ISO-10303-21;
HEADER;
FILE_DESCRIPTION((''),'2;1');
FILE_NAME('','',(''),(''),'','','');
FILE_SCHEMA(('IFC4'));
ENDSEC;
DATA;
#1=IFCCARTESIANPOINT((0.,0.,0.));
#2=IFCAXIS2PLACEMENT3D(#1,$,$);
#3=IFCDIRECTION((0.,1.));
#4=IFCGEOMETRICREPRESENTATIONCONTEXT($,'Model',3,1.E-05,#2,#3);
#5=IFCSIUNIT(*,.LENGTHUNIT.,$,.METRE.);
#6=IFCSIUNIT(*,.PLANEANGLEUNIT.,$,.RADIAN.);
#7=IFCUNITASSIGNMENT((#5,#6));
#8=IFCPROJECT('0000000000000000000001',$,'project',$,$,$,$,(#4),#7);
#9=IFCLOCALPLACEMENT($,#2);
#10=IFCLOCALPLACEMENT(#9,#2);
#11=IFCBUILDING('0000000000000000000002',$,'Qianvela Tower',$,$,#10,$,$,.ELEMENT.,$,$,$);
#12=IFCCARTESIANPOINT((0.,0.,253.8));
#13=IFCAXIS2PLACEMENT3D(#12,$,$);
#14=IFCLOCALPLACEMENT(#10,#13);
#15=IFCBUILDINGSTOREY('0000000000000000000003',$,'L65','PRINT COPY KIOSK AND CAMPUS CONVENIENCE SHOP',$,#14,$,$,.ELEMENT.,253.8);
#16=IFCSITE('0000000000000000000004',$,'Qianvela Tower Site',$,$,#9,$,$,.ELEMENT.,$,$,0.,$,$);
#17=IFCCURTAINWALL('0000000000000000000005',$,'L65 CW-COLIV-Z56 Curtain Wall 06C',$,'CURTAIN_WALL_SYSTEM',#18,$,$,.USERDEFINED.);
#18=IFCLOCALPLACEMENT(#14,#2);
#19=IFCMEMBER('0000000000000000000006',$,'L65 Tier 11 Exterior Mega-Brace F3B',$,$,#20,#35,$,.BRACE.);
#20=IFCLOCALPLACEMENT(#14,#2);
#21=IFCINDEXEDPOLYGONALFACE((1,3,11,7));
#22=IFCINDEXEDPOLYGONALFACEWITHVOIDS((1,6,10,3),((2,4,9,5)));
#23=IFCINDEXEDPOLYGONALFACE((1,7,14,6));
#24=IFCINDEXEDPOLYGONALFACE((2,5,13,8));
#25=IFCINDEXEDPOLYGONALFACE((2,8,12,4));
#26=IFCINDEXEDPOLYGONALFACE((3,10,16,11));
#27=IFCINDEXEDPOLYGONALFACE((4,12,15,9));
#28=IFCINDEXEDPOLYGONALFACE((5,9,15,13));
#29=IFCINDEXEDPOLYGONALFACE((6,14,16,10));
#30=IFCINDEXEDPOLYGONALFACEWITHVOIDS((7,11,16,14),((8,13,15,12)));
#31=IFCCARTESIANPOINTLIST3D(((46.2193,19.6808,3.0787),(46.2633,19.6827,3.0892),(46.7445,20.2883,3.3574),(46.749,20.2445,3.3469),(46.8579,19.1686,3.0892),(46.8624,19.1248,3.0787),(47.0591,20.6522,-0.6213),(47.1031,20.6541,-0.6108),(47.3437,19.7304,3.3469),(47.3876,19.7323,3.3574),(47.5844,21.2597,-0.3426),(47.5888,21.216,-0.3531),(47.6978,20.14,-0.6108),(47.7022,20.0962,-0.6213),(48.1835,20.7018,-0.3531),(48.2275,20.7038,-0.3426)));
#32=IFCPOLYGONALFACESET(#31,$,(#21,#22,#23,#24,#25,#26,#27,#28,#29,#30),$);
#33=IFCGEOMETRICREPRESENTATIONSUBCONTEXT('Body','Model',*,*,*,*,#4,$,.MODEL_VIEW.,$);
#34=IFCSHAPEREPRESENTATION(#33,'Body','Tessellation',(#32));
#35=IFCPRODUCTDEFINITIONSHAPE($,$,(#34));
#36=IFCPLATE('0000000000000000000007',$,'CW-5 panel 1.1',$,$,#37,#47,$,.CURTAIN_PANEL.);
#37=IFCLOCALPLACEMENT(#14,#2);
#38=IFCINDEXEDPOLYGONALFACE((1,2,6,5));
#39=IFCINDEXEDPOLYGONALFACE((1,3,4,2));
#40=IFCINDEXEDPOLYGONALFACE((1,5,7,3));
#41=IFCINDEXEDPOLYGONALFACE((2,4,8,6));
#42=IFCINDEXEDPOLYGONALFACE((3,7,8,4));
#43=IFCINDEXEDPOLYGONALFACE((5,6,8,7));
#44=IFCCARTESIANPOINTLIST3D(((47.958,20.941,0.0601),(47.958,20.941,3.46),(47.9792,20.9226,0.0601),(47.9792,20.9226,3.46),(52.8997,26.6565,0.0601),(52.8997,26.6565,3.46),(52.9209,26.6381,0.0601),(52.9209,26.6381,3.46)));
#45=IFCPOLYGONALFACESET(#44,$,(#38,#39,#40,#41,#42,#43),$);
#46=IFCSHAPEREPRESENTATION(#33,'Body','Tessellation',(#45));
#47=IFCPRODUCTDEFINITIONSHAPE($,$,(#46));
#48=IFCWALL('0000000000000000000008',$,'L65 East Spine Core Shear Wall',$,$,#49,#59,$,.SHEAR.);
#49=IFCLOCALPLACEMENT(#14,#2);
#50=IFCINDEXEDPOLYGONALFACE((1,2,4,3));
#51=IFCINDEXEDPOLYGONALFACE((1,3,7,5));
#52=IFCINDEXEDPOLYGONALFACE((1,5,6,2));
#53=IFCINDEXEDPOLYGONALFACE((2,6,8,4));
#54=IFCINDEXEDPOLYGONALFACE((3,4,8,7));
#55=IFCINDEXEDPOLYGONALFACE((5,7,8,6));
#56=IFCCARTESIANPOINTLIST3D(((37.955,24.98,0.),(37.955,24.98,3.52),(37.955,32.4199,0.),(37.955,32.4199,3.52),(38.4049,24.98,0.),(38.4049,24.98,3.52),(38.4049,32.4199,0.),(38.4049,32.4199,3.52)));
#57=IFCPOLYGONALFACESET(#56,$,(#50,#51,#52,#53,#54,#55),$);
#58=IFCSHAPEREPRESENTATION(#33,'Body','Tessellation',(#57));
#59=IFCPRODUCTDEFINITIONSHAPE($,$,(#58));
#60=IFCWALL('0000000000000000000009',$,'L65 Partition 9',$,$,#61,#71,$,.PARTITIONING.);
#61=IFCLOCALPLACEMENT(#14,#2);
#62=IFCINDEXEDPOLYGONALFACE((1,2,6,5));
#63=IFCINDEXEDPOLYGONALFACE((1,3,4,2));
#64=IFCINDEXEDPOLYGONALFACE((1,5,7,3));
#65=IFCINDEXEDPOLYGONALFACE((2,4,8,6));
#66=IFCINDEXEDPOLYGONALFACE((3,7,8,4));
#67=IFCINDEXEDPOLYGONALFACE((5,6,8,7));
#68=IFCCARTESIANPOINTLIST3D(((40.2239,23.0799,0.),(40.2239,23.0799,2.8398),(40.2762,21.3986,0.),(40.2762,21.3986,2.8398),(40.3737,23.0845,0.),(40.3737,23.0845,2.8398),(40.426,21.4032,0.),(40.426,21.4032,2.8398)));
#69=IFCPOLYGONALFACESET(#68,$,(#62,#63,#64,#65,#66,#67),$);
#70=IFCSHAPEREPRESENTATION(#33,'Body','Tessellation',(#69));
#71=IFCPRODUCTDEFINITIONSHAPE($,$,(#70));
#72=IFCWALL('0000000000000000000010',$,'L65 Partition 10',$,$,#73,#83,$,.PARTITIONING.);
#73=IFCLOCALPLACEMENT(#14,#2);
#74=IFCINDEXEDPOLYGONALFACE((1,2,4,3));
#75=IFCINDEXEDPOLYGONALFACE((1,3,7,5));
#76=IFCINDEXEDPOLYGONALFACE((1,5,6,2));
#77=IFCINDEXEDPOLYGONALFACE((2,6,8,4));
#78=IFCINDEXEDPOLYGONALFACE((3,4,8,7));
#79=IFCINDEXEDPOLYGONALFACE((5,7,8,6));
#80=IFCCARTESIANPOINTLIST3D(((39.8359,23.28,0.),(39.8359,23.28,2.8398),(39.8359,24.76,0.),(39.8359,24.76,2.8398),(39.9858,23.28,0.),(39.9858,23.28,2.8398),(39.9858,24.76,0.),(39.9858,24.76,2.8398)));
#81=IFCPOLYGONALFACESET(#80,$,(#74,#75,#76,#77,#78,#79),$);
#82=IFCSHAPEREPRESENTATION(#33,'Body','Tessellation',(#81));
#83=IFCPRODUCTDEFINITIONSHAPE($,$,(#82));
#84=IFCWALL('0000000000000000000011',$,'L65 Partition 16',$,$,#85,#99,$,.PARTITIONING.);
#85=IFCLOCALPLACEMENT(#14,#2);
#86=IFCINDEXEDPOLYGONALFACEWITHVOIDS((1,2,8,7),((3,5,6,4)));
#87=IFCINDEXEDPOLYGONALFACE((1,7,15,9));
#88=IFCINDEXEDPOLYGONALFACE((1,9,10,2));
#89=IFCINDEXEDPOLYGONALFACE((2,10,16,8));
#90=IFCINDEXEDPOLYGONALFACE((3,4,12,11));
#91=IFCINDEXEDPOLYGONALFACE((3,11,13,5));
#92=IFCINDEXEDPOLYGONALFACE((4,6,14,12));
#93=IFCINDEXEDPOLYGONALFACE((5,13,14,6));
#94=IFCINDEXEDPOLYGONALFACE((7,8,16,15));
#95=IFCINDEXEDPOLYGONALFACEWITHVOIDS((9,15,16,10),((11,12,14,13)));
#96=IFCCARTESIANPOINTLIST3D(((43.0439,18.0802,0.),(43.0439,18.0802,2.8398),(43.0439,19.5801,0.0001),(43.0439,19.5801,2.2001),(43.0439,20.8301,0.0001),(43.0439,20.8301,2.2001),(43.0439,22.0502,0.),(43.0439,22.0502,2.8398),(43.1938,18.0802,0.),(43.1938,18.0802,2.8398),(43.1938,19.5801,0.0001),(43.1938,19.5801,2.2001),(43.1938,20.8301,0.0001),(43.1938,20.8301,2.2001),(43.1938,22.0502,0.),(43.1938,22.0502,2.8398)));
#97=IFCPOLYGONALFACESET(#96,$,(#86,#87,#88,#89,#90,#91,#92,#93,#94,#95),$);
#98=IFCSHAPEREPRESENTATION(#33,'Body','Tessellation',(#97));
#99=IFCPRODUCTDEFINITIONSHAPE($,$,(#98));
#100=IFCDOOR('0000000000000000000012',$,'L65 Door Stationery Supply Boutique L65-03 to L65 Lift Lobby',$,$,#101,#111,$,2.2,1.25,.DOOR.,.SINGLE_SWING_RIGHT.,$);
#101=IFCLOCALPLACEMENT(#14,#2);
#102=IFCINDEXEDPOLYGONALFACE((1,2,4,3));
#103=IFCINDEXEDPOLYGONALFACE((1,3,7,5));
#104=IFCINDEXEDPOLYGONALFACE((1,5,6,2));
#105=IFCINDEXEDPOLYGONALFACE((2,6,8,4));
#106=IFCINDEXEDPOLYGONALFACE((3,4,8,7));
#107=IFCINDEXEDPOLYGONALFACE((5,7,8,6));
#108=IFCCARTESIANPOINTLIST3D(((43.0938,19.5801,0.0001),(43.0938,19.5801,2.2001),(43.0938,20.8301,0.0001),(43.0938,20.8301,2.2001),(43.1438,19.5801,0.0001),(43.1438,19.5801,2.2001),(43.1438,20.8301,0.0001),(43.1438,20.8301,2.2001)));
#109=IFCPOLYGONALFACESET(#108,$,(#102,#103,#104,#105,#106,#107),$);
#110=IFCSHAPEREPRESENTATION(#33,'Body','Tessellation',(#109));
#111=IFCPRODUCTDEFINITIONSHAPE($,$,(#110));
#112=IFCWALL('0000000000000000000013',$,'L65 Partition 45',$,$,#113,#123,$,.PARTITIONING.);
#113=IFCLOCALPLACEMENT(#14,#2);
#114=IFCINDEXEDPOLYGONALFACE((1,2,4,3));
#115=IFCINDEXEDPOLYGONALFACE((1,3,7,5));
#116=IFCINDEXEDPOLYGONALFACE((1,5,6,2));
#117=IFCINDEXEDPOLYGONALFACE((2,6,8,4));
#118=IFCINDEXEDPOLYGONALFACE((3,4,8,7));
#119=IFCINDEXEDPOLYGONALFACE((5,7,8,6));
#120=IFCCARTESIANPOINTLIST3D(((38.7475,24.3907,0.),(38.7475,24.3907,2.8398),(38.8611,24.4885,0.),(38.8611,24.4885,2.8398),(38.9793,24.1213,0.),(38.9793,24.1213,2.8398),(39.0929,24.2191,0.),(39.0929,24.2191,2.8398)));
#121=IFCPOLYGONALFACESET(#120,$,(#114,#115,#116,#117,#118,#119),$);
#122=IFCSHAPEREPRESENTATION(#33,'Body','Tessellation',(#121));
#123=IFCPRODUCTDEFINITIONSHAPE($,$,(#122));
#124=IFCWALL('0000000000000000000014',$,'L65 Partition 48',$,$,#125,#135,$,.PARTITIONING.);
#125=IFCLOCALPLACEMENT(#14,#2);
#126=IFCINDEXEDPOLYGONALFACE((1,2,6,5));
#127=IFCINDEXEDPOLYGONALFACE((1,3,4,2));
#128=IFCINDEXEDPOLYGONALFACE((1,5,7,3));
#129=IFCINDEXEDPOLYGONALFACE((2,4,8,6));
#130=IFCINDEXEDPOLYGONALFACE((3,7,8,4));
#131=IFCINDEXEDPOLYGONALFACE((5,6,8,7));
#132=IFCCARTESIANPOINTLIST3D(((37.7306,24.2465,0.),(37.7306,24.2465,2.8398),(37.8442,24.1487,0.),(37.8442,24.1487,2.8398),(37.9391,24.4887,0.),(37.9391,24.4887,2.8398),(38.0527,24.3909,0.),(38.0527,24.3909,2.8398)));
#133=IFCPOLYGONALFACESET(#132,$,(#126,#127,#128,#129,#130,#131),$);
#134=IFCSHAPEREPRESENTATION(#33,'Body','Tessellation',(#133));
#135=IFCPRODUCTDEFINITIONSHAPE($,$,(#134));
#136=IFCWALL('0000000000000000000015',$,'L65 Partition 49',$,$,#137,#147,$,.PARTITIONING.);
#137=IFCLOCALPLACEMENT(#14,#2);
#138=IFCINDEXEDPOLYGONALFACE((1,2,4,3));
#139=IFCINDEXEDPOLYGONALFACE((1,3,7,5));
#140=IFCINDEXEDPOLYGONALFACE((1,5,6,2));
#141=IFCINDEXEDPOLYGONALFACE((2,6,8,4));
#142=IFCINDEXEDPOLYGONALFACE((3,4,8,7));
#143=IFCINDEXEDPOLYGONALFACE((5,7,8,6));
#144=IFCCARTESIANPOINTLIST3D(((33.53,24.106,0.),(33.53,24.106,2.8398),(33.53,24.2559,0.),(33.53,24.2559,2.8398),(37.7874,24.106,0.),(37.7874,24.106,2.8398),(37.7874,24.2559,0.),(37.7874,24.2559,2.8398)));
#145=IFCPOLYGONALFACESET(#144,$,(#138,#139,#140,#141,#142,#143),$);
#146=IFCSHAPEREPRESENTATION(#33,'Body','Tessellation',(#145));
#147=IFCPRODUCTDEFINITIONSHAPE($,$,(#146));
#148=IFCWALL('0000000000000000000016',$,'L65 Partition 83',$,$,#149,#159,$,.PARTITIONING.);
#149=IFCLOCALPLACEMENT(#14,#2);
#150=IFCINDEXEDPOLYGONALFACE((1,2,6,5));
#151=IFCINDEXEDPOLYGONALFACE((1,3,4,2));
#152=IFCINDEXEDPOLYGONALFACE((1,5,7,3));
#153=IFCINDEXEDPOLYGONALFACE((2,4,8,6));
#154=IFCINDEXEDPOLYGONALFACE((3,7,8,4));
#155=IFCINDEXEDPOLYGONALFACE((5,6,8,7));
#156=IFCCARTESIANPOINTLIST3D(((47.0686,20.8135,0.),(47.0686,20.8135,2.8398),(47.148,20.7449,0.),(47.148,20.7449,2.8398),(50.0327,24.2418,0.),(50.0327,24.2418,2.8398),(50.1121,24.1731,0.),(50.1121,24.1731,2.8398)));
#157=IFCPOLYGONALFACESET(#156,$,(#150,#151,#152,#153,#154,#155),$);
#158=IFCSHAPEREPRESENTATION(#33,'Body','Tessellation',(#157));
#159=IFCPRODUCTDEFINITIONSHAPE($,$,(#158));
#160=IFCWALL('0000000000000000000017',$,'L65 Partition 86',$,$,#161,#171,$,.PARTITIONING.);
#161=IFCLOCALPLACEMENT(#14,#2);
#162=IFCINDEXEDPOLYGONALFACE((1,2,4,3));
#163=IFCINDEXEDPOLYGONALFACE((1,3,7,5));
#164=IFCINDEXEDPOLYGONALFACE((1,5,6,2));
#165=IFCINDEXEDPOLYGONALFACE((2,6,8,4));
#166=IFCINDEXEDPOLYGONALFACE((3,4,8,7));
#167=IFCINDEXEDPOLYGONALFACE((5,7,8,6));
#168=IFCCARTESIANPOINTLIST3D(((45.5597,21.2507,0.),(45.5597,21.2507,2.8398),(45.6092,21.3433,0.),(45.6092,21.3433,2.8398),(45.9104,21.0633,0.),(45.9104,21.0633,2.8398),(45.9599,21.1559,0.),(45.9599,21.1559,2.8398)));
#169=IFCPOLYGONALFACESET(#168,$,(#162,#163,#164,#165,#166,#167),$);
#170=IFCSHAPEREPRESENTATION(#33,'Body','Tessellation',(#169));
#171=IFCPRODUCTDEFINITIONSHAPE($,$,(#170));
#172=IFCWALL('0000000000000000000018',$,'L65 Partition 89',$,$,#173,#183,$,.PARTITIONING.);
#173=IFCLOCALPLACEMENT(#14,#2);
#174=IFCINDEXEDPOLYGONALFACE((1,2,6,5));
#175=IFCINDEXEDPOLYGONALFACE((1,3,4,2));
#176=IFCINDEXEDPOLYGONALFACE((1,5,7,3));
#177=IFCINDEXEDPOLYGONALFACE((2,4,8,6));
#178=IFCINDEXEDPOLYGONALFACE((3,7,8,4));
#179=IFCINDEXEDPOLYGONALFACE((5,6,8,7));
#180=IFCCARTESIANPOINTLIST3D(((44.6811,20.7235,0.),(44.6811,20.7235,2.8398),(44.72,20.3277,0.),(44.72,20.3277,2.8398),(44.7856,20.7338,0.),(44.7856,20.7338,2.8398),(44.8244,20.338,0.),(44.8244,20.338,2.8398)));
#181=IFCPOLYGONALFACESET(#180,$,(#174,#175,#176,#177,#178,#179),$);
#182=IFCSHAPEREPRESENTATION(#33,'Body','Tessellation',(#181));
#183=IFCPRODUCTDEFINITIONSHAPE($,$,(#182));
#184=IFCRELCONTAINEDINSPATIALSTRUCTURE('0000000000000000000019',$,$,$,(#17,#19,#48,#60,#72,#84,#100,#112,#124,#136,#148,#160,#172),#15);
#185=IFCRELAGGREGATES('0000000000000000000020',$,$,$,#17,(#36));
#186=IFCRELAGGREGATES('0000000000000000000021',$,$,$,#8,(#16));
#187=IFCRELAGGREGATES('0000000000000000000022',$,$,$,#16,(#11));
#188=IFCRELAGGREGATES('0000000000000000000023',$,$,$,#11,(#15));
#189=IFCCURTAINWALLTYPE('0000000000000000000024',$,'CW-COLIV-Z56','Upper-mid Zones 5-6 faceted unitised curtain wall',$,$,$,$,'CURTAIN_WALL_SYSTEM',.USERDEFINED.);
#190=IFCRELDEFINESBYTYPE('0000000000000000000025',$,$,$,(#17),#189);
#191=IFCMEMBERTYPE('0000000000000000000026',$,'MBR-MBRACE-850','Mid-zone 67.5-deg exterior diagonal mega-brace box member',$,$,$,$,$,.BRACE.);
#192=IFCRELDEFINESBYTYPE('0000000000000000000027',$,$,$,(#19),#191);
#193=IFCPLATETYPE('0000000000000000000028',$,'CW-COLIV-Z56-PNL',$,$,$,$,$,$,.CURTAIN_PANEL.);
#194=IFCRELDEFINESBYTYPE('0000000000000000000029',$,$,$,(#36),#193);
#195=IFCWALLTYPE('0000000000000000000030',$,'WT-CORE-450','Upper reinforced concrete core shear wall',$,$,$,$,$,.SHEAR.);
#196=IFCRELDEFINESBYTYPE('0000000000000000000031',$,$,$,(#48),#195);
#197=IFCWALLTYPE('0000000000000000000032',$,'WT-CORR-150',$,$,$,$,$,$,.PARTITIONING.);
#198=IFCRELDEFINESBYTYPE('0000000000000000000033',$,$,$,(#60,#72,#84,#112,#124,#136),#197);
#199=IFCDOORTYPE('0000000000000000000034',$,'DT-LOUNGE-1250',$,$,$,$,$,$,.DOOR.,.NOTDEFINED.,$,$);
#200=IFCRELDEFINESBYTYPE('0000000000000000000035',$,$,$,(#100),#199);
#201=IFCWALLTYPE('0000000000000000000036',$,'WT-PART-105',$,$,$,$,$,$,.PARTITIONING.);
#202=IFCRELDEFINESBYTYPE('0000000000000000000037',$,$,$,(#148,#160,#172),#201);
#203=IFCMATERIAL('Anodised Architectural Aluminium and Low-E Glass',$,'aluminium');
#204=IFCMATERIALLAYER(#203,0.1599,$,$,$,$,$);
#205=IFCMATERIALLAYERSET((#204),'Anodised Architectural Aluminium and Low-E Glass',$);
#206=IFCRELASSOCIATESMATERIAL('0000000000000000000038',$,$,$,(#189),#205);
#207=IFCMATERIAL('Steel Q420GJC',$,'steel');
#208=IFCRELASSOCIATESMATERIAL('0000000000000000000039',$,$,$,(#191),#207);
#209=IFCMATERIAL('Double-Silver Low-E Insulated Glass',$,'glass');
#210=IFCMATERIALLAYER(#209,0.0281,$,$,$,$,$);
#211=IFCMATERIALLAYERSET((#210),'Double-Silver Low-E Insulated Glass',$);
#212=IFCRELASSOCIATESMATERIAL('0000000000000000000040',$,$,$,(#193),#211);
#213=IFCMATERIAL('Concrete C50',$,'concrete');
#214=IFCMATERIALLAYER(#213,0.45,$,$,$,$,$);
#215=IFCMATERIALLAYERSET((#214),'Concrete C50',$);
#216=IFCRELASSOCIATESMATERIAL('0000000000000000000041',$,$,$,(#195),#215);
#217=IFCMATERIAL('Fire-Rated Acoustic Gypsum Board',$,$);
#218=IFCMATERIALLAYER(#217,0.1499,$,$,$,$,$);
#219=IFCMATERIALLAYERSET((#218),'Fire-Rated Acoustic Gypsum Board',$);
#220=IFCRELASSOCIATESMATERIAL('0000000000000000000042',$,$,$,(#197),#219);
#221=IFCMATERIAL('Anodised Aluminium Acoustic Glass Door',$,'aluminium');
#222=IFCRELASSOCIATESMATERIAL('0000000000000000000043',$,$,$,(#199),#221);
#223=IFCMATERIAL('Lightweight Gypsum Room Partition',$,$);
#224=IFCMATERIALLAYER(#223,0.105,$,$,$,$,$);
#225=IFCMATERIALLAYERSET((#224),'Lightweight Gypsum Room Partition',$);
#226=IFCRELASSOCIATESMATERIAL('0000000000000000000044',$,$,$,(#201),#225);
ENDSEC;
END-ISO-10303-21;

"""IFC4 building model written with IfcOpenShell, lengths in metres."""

from ifc_helpers import new_model, si_unit, direction, frame, frame_2d, origin, origin_2d, place, context, subcontext, project, spatial, rectangle, hollow_rectangle, extrude, material, layer, layer_set, material_profile, profile_set, type_object, element, fill, aggregate, save


model = new_model("IFC4")

# Units and contexts
model_context = context("Model", 3, precision=1e-05, world=origin(), true_north=direction((0.0, 1.0)))
body_context = subcontext(model_context, "Body", "Model", "MODEL_VIEW")
ifc_project = project(units=[si_unit("LENGTHUNIT", "METRE"), si_unit("PLANEANGLEUNIT", "RADIAN")], contexts=[model_context])

# Site, building, storey
site_placement = place(None, origin())
site = spatial("IfcSite", under=ifc_project, at=site_placement, Name="Qianvela Tower Site", CompositionType="ELEMENT", RefElevation=0.0)
building_placement = place(site_placement, origin())
building = spatial("IfcBuilding", under=site, at=building_placement, Name="Qianvela Tower", CompositionType="ELEMENT")
storey_placement = place(building_placement, frame((0.0, 0.0, 253.8)))
storey = spatial("IfcBuildingStorey", under=building, at=storey_placement, Name="L65", Description="PRINT COPY KIOSK AND CAMPUS CONVENIENCE SHOP", CompositionType="ELEMENT", Elevation=253.8)

# Curtain wall
ifc_material_1 = material(Name="Anodised Architectural Aluminium and Low-E Glass", Category="aluminium")
ifc_layer_1 = layer(ifc_material_1, 0.1599)
ifc_layer_set_1 = layer_set([ifc_layer_1], Name="Anodised Architectural Aluminium and Low-E Glass")
curtain_wall_type_1 = type_object("IfcCurtainWallType", Name="CW-COLIV-Z56", Description="Upper-mid Zones 5-6 faceted unitised curtain wall", ElementType="CURTAIN_WALL_SYSTEM", PredefinedType="USERDEFINED", material=ifc_layer_set_1)
curtain_wall_1_placement = place(storey_placement, origin())
curtain_wall_1 = element("IfcCurtainWall", 1, at=curtain_wall_1_placement, inside=storey, type_object=curtain_wall_type_1, Name="L65 CW-COLIV-Z56 Curtain Wall 06C", ObjectType="CURTAIN_WALL_SYSTEM", PredefinedType="USERDEFINED")

# Member
ifc_material_2 = material(Name="Steel Q420GJC", Category="steel")
ifc_material_profile_1 = material_profile(ifc_material_2, hollow_rectangle(XDim=0.8501, YDim=0.8501, WallThickness=0.032, at=origin_2d()), Name="MBOX-850x850x32")
ifc_profile_set_1 = profile_set([ifc_material_profile_1], Name="Steel Q420GJC")
member_type_1 = type_object("IfcMemberType", Name="MBR-MBRACE-850", Description="Mid-zone 67.5-deg exterior diagonal mega-brace box member", PredefinedType="BRACE", material=ifc_profile_set_1)
member_1_placement = place(storey_placement, frame((47.6433, 20.678, -0.4819), z_axis=(-0.214439, -0.248039, 0.944718), x_axis=(0.756485, -0.654011, 0.0)))
element("IfcMember", 2, at=member_1_placement, inside=storey, type_object=member_type_1, Name="L65 Tier 11 Exterior Mega-Brace F3B", PredefinedType="BRACE", context=body_context, shape_type="SweptSolid", body=[
    extrude(hollow_rectangle(XDim=0.8501, YDim=0.8501, WallThickness=0.032, at=origin_2d()), origin(), (0.0, 0.0, 1.0), 3.9165),
])

# Plate
ifc_material_3 = material(Name="Double-Silver Low-E Insulated Glass", Category="glass")
ifc_layer_2 = layer(ifc_material_3, 0.0281)
ifc_layer_set_2 = layer_set([ifc_layer_2], Name="Double-Silver Low-E Insulated Glass")
plate_type = type_object("IfcPlateType", Name="CW-COLIV-Z56-PNL", PredefinedType="CURTAIN_PANEL", material=ifc_layer_set_2)
plate_placement = place(storey_placement, frame((50.4395, 23.7896, 0.0601), z_axis=(0.0, 0.0, 1.0), x_axis=(0.654043, 0.756458, 0.0)))
plate = element("IfcPlate", 3, at=plate_placement, type_object=plate_type, Name="CW-5 panel 1.1", PredefinedType="CURTAIN_PANEL", context=body_context, shape_type="SweptSolid", body=[
    extrude(rectangle(XDim=7.5557, YDim=0.0281, at=origin_2d()), origin(), (0.0, 0.0, 1.0), 3.3999),
])
aggregate(curtain_wall_1, [plate])

# Walls
ifc_material_4 = material(Name="Concrete C50", Category="concrete")
ifc_layer_3 = layer(ifc_material_4, 0.45)
ifc_layer_set_3 = layer_set([ifc_layer_3], Name="Concrete C50")
wall_type_1 = type_object("IfcWallType", Name="WT-CORE-450", Description="Upper reinforced concrete core shear wall", PredefinedType="SHEAR", material=ifc_layer_set_3)
wall_1_placement = place(storey_placement, frame((38.1799, 24.98, 0.0), z_axis=(0.0, 0.0, 1.0), x_axis=(0.0, 1.0, 0.0)))
element("IfcWall", 4, at=wall_1_placement, inside=storey, type_object=wall_type_1, Name="L65 East Spine Core Shear Wall", PredefinedType="SHEAR", context=body_context, shape_type="SweptSolid", body=[
    extrude(rectangle(XDim=7.4399, YDim=0.45, at=frame_2d((3.72, 0.0))), origin(), (0.0, 0.0, 1.0), 3.52),
])
ifc_material_5 = material(Name="Fire-Rated Acoustic Gypsum Board")
ifc_layer_4 = layer(ifc_material_5, 0.1499)
ifc_layer_set_4 = layer_set([ifc_layer_4], Name="Fire-Rated Acoustic Gypsum Board")
wall_type_2 = type_object("IfcWallType", Name="WT-CORR-150", PredefinedType="PARTITIONING", material=ifc_layer_set_4)
wall_2_placement = place(storey_placement, frame((40.3511, 21.4009, 0.0), z_axis=(0.0, 0.0, 1.0), x_axis=(-0.031058, 0.999518, 0.0)))
element("IfcWall", 5, at=wall_2_placement, inside=storey, type_object=wall_type_2, Name="L65 Partition 9", PredefinedType="PARTITIONING", context=body_context, shape_type="SweptSolid", body=[
    extrude(rectangle(XDim=1.6821, YDim=0.1499, at=frame_2d((0.8411, 0.0))), origin(), (0.0, 0.0, 1.0), 2.8398),
])
wall_3_placement = place(storey_placement, frame((39.9109, 23.28, 0.0), z_axis=(0.0, 0.0, 1.0), x_axis=(0.0, 1.0, 0.0)))
element("IfcWall", 6, at=wall_3_placement, inside=storey, type_object=wall_type_2, Name="L65 Partition 10", PredefinedType="PARTITIONING", context=body_context, shape_type="SweptSolid", body=[
    extrude(rectangle(XDim=1.48, YDim=0.1499, at=frame_2d((0.74, 0.0))), origin(), (0.0, 0.0, 1.0), 2.8398),
])

# Wall, opening, door
wall_4_placement = place(storey_placement, frame((43.1189, 22.05, 0.0), z_axis=(0.0, 0.0, 1.0), x_axis=(0.0, -1.0, 0.0)))
wall_4 = element("IfcWall", 7, at=wall_4_placement, inside=storey, type_object=wall_type_2, Name="L65 Partition 16", PredefinedType="PARTITIONING", context=body_context, shape_type="SweptSolid", body=[
    extrude(rectangle(XDim=3.97, YDim=0.1499, at=frame_2d((1.9849, 0.0))), origin(), (0.0, 0.0, 1.0), 2.8398),
])
opening_1_placement = place(wall_4_placement, frame((1.22, 0.0, 0.0)))
opening_1 = element("IfcOpeningElement", 8, at=opening_1_placement, cuts=wall_4, PredefinedType="OPENING", context=body_context, shape_type="SweptSolid", body=[
    extrude(rectangle(XDim=1.25, YDim=2.2, at=frame_2d((0.625, 1.1001))), frame((0.0, 0.085, 0.0), z_axis=(0.0, -1.0, 0.0), x_axis=(1.0, 0.0, 0.0)), (0.0, 0.0, 1.0), 0.1699),
])
ifc_material_6 = material(Name="Anodised Aluminium Acoustic Glass Door", Category="aluminium")
door_type_1 = type_object("IfcDoorType", Name="DT-LOUNGE-1250", OperationType="NOTDEFINED", PredefinedType="DOOR", material=ifc_material_6)
door_1_placement = place(opening_1_placement, origin())
door_1 = element("IfcDoor", 9, at=door_1_placement, inside=storey, type_object=door_type_1, Name="L65 Door Stationery Supply Boutique L65-03 to L65 Lift Lobby", OperationType="SINGLE_SWING_RIGHT", OverallHeight=2.2, OverallWidth=1.25, PredefinedType="DOOR", context=body_context, shape_type="SweptSolid", body=[
    extrude(rectangle(XDim=1.25, YDim=2.2, at=frame_2d((0.625, 1.1001))), frame((0.0, 0.0249, 0.0), z_axis=(0.0, -1.0, 0.0), x_axis=(1.0, 0.0, 0.0)), (0.0, 0.0, 1.0), 0.05),
])
fill(opening_1, door_1)

# Walls
wall_5_placement = place(storey_placement, frame((39.0361, 24.1702, 0.0), z_axis=(0.0, 0.0, 1.0), x_axis=(-0.65226, 0.757995, 0.0)))
element("IfcWall", 10, at=wall_5_placement, inside=storey, type_object=wall_type_2, Name="L65 Partition 45", PredefinedType="PARTITIONING", context=body_context, shape_type="SweptSolid", body=[
    extrude(rectangle(XDim=0.3555, YDim=0.1499, at=frame_2d((0.1777, 0.0))), origin(), (0.0, 0.0, 1.0), 2.8398),
])
wall_6_placement = place(storey_placement, frame((37.9958, 24.4397, 0.0), z_axis=(0.0, 0.0, 1.0), x_axis=(-0.652426, -0.757853, 0.0)))
element("IfcWall", 11, at=wall_6_placement, inside=storey, type_object=wall_type_2, Name="L65 Partition 48", PredefinedType="PARTITIONING", context=body_context, shape_type="SweptSolid", body=[
    extrude(rectangle(XDim=0.3196, YDim=0.1499, at=frame_2d((0.1597, 0.0))), origin(), (0.0, 0.0, 1.0), 2.8398),
])
wall_7_placement = place(storey_placement, frame((37.7874, 24.1809, 0.0), z_axis=(0.0, 0.0, 1.0), x_axis=(-1.0, 0.0, 0.0)))
element("IfcWall", 12, at=wall_7_placement, inside=storey, type_object=wall_type_2, Name="L65 Partition 49", PredefinedType="PARTITIONING", context=body_context, shape_type="SweptSolid", body=[
    extrude(rectangle(XDim=4.2573, YDim=0.1499, at=frame_2d((2.1287, 0.0))), origin(), (0.0, 0.0, 1.0), 2.8398),
])
ifc_material_7 = material(Name="Lightweight Gypsum Room Partition")
ifc_layer_5 = layer(ifc_material_7, 0.105)
ifc_layer_set_5 = layer_set([ifc_layer_5], Name="Lightweight Gypsum Room Partition")
wall_type_3 = type_object("IfcWallType", Name="WT-PART-105", PredefinedType="PARTITIONING", material=ifc_layer_set_5)
wall_8_placement = place(storey_placement, frame((50.0725, 24.2075, 0.0), z_axis=(0.0, 0.0, 1.0), x_axis=(-0.654046, -0.756455, 0.0)))
element("IfcWall", 13, at=wall_8_placement, inside=storey, type_object=wall_type_3, Name="L65 Partition 83", PredefinedType="PARTITIONING", context=body_context, shape_type="SweptSolid", body=[
    extrude(rectangle(XDim=4.532, YDim=0.105, at=frame_2d((2.2661, 0.0))), origin(), (0.0, 0.0, 1.0), 2.8398),
])
for number, where, z_axis, x_axis, name in (
    (14, (45.9351, 21.1096, 0.0), (0.0, 0.0, 1.0), (-0.881945, 0.471353, 0.0), "L65 Partition 86"),
    (15, (44.7334, 20.7285, 0.0), (0.0, 0.0, 1.0), (0.097619, -0.995224, 0.0), "L65 Partition 89"),
):
    element("IfcWall", number, at=place(storey_placement, frame(where, z_axis=z_axis, x_axis=x_axis)), inside=storey, type_object=wall_type_3, Name=name, PredefinedType="PARTITIONING", context=body_context, shape_type="SweptSolid", body=[
        extrude(rectangle(XDim=0.3977, YDim=0.105, at=frame_2d((0.1987, 0.0))), origin(), (0.0, 0.0, 1.0), 2.8398),
    ])

save(model, "model.ifc")
